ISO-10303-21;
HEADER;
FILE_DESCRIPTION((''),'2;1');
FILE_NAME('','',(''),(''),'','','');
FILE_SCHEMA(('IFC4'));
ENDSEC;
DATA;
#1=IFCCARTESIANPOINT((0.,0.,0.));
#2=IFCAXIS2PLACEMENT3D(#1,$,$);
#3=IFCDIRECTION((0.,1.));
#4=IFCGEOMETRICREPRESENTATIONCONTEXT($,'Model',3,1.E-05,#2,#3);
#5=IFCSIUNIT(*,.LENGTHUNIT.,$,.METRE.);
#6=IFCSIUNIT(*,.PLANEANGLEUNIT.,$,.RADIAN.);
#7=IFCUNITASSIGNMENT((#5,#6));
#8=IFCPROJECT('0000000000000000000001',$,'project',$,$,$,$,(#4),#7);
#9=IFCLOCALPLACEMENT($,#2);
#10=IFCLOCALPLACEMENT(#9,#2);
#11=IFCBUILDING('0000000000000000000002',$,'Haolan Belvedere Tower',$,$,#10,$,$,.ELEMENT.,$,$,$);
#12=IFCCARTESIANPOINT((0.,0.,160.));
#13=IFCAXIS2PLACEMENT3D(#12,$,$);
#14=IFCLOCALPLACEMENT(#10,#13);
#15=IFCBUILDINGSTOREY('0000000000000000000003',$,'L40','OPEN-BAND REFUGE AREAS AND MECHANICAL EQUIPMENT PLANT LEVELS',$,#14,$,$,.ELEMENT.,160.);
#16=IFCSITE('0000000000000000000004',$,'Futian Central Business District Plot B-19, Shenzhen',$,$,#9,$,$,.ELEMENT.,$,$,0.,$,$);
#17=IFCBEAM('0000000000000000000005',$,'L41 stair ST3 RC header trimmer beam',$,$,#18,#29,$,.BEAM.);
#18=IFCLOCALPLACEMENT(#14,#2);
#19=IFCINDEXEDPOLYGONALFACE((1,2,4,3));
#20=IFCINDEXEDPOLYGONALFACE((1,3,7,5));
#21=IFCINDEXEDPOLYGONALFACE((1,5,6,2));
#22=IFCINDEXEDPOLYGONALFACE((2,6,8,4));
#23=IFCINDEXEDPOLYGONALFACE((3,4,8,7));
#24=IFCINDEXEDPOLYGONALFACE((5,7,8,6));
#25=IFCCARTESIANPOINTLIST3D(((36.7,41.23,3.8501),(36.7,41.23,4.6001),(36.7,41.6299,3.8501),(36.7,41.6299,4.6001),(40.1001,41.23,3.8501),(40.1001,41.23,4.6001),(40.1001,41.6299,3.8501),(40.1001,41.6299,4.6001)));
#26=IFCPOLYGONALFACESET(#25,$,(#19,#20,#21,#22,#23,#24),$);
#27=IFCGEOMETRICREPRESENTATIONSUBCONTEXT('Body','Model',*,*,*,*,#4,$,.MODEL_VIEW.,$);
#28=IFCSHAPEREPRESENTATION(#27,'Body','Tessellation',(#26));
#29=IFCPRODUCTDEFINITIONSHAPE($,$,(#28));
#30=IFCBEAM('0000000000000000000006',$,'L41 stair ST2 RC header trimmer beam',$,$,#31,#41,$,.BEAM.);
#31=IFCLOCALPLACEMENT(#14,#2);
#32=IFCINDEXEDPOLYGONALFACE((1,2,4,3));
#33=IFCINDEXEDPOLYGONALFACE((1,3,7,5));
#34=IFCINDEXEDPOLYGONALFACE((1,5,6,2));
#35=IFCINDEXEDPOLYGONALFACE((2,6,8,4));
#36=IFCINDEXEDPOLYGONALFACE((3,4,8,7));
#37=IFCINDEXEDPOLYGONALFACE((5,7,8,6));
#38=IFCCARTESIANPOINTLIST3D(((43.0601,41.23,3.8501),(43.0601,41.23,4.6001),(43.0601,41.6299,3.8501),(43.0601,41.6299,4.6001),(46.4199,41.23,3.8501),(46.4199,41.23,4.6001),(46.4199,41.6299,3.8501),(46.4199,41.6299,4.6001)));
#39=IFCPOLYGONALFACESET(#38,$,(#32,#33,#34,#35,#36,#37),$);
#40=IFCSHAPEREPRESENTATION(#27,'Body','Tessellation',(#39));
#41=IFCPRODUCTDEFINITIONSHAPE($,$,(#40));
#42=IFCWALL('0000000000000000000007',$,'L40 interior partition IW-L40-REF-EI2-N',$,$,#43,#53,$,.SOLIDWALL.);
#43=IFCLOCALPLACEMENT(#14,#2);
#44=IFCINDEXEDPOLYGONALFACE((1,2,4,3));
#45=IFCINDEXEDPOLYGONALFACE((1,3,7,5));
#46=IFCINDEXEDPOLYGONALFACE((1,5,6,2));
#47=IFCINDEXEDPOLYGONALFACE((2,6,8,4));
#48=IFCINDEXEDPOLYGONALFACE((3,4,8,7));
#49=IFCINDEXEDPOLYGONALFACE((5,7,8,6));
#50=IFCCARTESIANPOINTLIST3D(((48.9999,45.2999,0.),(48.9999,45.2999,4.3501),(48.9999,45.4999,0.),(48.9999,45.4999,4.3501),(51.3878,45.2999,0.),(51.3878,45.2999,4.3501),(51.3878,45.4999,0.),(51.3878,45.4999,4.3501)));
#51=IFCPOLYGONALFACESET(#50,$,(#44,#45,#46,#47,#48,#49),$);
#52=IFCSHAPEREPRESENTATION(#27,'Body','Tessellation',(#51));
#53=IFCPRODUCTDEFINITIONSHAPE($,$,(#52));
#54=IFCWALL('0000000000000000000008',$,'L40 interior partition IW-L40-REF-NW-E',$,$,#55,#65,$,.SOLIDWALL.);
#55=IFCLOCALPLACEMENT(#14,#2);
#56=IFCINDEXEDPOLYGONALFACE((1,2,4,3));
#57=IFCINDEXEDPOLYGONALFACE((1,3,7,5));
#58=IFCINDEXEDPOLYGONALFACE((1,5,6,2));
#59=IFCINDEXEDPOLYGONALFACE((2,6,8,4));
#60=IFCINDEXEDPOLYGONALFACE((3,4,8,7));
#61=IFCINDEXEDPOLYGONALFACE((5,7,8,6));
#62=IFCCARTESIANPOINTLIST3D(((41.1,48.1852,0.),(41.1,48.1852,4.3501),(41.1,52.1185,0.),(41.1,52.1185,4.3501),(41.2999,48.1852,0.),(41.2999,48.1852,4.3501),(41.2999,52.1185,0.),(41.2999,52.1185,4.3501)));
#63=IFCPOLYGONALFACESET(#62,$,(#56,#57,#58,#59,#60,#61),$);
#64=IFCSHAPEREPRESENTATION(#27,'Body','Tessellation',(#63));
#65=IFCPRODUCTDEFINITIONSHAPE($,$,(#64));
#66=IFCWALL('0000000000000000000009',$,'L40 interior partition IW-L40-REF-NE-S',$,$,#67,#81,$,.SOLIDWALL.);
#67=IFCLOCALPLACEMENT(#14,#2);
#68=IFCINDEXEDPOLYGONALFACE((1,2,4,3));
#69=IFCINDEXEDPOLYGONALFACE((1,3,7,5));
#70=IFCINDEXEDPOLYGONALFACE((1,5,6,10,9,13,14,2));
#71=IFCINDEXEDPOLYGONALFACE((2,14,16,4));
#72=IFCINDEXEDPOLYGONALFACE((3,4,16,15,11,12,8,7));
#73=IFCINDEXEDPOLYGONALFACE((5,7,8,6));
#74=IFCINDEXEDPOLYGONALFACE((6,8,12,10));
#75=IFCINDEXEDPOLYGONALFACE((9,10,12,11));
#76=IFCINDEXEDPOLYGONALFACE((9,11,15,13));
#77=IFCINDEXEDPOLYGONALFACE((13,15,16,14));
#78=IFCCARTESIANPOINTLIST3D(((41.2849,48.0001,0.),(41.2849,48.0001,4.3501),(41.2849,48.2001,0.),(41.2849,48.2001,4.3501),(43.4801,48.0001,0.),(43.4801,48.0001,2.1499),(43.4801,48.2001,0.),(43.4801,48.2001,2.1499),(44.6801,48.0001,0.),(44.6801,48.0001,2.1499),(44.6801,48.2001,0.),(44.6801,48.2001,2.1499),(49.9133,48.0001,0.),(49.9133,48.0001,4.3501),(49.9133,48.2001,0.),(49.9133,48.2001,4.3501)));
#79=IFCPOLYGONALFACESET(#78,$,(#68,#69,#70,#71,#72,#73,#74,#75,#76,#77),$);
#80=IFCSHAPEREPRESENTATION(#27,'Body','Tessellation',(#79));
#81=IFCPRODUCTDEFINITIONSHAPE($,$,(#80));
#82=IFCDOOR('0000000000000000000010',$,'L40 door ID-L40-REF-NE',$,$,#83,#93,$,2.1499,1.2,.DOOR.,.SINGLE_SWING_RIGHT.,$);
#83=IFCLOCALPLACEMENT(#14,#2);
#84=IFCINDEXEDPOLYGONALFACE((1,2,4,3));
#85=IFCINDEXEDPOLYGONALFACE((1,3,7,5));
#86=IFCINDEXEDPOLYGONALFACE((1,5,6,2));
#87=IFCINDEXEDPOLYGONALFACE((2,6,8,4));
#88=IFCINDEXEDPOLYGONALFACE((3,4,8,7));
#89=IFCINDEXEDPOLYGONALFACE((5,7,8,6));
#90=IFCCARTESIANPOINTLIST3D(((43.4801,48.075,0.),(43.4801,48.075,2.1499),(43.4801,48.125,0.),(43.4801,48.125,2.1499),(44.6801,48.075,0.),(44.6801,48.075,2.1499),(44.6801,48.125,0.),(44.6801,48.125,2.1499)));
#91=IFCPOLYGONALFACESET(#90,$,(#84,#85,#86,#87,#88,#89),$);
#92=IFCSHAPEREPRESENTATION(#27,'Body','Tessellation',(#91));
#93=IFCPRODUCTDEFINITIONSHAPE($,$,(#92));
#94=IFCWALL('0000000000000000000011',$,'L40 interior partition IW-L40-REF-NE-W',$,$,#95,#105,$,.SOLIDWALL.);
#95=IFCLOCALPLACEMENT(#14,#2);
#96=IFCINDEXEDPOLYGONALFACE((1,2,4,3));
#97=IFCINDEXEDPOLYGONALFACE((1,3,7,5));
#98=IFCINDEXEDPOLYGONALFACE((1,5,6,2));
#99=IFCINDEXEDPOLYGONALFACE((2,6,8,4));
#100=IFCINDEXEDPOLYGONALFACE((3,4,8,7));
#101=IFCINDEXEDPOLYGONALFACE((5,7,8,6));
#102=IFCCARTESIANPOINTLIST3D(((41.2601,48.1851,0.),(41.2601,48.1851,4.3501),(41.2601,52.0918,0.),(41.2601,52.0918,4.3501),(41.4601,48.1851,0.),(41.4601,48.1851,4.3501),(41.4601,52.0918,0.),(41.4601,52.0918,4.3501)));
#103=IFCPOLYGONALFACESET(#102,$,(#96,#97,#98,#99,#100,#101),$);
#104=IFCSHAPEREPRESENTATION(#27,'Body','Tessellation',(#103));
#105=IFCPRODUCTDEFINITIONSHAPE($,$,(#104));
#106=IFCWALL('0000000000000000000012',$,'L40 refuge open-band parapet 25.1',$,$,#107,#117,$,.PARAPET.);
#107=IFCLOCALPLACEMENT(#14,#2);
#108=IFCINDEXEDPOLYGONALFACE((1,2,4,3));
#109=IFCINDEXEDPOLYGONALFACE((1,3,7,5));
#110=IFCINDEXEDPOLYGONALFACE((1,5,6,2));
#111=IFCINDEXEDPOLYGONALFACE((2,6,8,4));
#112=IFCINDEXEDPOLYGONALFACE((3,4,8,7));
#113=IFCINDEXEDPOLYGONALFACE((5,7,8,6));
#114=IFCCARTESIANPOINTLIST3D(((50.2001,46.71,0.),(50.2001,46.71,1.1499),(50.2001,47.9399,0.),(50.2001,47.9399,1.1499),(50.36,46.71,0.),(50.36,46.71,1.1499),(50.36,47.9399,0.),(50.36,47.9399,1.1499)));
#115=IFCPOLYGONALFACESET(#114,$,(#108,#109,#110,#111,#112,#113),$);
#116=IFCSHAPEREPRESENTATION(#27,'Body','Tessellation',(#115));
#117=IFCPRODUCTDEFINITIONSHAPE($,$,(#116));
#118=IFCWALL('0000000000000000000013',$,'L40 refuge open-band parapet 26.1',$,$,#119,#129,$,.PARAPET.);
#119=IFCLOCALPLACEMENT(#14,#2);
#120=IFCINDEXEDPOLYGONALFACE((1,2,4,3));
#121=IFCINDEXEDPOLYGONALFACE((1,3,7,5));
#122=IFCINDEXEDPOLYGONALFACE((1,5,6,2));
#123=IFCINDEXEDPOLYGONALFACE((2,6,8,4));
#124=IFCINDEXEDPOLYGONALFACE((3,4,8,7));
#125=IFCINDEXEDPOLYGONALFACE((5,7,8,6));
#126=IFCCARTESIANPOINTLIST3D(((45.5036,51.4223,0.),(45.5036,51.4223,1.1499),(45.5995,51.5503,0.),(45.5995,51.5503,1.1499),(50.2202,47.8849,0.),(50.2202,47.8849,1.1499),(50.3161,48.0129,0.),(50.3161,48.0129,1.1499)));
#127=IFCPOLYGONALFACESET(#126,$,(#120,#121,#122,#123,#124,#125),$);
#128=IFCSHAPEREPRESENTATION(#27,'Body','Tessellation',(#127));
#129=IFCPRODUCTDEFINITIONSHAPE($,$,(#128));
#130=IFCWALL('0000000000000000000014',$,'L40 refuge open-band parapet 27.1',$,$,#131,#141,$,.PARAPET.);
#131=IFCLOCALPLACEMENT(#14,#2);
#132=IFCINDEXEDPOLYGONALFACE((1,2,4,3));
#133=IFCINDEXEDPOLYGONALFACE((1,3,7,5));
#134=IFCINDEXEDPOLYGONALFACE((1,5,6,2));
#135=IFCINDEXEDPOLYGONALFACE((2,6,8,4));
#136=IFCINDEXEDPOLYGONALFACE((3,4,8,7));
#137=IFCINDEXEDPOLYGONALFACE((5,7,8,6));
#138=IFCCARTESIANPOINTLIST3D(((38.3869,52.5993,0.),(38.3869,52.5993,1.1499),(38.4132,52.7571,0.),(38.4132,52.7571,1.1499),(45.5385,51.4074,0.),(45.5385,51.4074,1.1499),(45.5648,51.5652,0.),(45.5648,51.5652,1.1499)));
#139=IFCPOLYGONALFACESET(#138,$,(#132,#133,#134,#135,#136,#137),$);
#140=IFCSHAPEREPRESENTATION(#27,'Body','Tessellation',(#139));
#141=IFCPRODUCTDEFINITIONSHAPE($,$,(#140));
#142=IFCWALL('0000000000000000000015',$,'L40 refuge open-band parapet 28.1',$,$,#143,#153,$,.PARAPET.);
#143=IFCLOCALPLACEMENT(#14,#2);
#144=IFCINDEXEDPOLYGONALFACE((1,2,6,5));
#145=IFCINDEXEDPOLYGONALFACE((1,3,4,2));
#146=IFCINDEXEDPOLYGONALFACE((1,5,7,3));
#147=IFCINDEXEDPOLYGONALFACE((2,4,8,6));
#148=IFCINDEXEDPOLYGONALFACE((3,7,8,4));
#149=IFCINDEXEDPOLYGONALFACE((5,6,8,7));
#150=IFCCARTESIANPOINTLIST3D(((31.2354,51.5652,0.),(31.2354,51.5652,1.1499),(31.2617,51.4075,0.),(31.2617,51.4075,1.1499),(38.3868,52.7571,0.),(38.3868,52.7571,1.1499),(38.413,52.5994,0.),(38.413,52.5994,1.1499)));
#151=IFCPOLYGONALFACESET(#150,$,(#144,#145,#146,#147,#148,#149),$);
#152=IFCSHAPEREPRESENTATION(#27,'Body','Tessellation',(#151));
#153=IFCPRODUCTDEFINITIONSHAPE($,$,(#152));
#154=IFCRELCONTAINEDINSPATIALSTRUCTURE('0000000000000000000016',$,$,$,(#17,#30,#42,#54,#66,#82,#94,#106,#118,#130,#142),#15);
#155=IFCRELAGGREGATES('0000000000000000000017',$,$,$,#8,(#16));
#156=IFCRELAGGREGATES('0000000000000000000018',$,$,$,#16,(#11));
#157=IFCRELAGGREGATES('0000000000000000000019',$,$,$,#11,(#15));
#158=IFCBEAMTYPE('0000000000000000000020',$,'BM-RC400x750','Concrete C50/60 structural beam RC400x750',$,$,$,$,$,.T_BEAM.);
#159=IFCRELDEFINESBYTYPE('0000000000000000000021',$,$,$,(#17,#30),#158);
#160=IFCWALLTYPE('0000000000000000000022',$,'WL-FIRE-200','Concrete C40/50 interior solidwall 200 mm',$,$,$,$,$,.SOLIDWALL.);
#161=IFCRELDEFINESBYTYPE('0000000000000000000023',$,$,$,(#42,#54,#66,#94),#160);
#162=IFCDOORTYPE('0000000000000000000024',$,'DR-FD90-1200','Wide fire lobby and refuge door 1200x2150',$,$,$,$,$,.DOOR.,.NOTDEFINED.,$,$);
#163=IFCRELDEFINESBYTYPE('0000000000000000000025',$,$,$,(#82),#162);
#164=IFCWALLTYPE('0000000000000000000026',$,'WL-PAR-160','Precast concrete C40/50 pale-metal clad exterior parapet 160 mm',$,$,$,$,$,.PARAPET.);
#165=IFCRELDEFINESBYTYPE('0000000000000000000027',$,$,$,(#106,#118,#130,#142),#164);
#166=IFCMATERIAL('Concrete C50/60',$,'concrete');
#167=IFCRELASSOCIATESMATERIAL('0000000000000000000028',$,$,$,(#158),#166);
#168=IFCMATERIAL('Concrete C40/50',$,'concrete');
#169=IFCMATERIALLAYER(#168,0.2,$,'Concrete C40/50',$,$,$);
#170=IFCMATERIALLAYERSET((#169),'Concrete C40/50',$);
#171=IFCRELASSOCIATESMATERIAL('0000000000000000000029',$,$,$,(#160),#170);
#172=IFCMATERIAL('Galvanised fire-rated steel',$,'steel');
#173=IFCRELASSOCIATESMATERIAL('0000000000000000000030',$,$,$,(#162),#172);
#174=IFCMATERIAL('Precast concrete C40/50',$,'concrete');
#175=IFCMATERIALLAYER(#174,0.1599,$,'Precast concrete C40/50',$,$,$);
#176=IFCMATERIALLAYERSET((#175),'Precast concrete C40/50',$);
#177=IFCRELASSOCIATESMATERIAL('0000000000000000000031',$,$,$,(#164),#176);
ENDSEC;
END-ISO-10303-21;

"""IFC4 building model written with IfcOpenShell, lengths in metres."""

from ifc_helpers import new_model, si_unit, direction, frame, frame_2d, origin, origin_2d, place, context, subcontext, project, spatial, rectangle, extrude, material, layer, layer_set, material_profile, profile_set, type_object, element, fill, save


model = new_model("IFC4")

# Units and contexts
model_context = context("Model", 3, precision=1e-05, world=origin(), true_north=direction((0.0, 1.0)))
body_context = subcontext(model_context, "Body", "Model", "MODEL_VIEW")
ifc_project = project(units=[si_unit("LENGTHUNIT", "METRE"), si_unit("PLANEANGLEUNIT", "RADIAN")], contexts=[model_context])

# Site, building, storey
site_placement = place(None, origin())
site = spatial("IfcSite", under=ifc_project, at=site_placement, Name="Futian Central Business District Plot B-19, Shenzhen", CompositionType="ELEMENT", RefElevation=0.0)
building_placement = place(site_placement, origin())
building = spatial("IfcBuilding", under=site, at=building_placement, Name="Haolan Belvedere Tower", CompositionType="ELEMENT")
storey_placement = place(building_placement, frame((0.0, 0.0, 160.0)))
storey = spatial("IfcBuildingStorey", under=building, at=storey_placement, Name="L40", Description="OPEN-BAND REFUGE AREAS AND MECHANICAL EQUIPMENT PLANT LEVELS", CompositionType="ELEMENT", Elevation=160.0)

# Beams
ifc_material_1 = material(Name="Concrete C50/60", Category="concrete")
ifc_material_profile_1 = material_profile(ifc_material_1, rectangle(XDim=0.3999, YDim=0.75, at=origin_2d()), Name="Concrete C50/60")
ifc_profile_set_1 = profile_set([ifc_material_profile_1], Name="Concrete C50/60")
beam_type_1 = type_object("IfcBeamType", Name="BM-RC400x750", Description="Concrete C50/60 structural beam RC400x750", PredefinedType="T_BEAM", material=ifc_profile_set_1)
beam_1_placement = place(storey_placement, frame((36.7, 41.4299, 4.2251), z_axis=(1.0, 0.0, 0.0), x_axis=(0.0, 1.0, 0.0)))
element("IfcBeam", 1, at=beam_1_placement, inside=storey, type_object=beam_type_1, Name="L41 stair ST3 RC header trimmer beam", PredefinedType="BEAM", context=body_context, shape_type="SweptSolid", body=[
    extrude(rectangle(XDim=0.3999, YDim=0.75, at=origin_2d()), origin(), (0.0, 0.0, 1.0), 3.4001),
])
beam_2_placement = place(storey_placement, frame((43.0601, 41.4299, 4.2251), z_axis=(1.0, 0.0, 0.0), x_axis=(0.0, 1.0, 0.0)))
element("IfcBeam", 2, at=beam_2_placement, inside=storey, type_object=beam_type_1, Name="L41 stair ST2 RC header trimmer beam", PredefinedType="BEAM", context=body_context, shape_type="SweptSolid", body=[
    extrude(rectangle(XDim=0.3999, YDim=0.75, at=origin_2d()), origin(), (0.0, 0.0, 1.0), 3.3599),
])

# Shared definitions
ifc_material_2 = material(Name="Concrete C40/50", Category="concrete")
ifc_layer_1 = layer(ifc_material_2, 0.2, Name="Concrete C40/50")
ifc_layer_set_1 = layer_set([ifc_layer_1], Name="Concrete C40/50")
wall_type_1 = type_object("IfcWallType", Name="WL-FIRE-200", Description="Concrete C40/50 interior solidwall 200 mm", PredefinedType="SOLIDWALL", material=ifc_layer_set_1)
ifc_material_3 = material(Name="Galvanised fire-rated steel", Category="steel")

# Walls
wall_1_placement = place(storey_placement, frame((49.0, 45.3999, 0.0), z_axis=(0.0, 0.0, 1.0), x_axis=(1.0, 0.0, 0.0)))
element("IfcWall", 3, at=wall_1_placement, inside=storey, type_object=wall_type_1, Name="L40 interior partition IW-L40-REF-EI2-N", PredefinedType="SOLIDWALL", context=body_context, shape_type="SweptSolid", body=[
    extrude(rectangle(XDim=2.3879, YDim=0.2, at=frame_2d((1.1938, 0.0))), origin(), (0.0, 0.0, 1.0), 4.3501),
])
wall_2_placement = place(storey_placement, frame((41.2, 48.1851, 0.0), z_axis=(0.0, 0.0, 1.0), x_axis=(0.0, 1.0, 0.0)))
element("IfcWall", 4, at=wall_2_placement, inside=storey, type_object=wall_type_1, Name="L40 interior partition IW-L40-REF-NW-E", PredefinedType="SOLIDWALL", context=body_context, shape_type="SweptSolid", body=[
    extrude(rectangle(XDim=3.9333, YDim=0.2, at=frame_2d((1.9668, 0.0))), origin(), (0.0, 0.0, 1.0), 4.3501),
])

# Wall, opening, door
wall_3_placement = place(storey_placement, frame((41.2849, 48.1001, 0.0), z_axis=(0.0, 0.0, 1.0), x_axis=(1.0, 0.0, 0.0)))
wall_3 = element("IfcWall", 5, at=wall_3_placement, inside=storey, type_object=wall_type_1, Name="L40 interior partition IW-L40-REF-NE-S", PredefinedType="SOLIDWALL", context=body_context, shape_type="SweptSolid", body=[
    extrude(rectangle(XDim=8.6284, YDim=0.2, at=frame_2d((4.3142, 0.0))), origin(), (0.0, 0.0, 1.0), 4.3501),
])
opening_1_placement = place(wall_3_placement, frame((2.1951, 0.0, 0.0)))
opening_1 = element("IfcOpeningElement", 6, at=opening_1_placement, cuts=wall_3, PredefinedType="OPENING", context=body_context, shape_type="SweptSolid", body=[
    extrude(rectangle(XDim=1.2, YDim=2.1499, at=frame_2d((0.6001, 1.075))), frame((0.0, 0.1099, 0.0), z_axis=(0.0, -1.0, 0.0), x_axis=(1.0, 0.0, 0.0)), (0.0, 0.0, 1.0), 0.22),
])
door_type_1 = type_object("IfcDoorType", Name="DR-FD90-1200", Description="Wide fire lobby and refuge door 1200x2150", OperationType="NOTDEFINED", PredefinedType="DOOR", material=ifc_material_3)
door_1_placement = place(opening_1_placement, origin())
door_1 = element("IfcDoor", 7, at=door_1_placement, inside=storey, type_object=door_type_1, Name="L40 door ID-L40-REF-NE", OperationType="SINGLE_SWING_RIGHT", OverallHeight=2.1499, OverallWidth=1.2, PredefinedType="DOOR", context=body_context, shape_type="SweptSolid", body=[
    extrude(rectangle(XDim=1.2, YDim=2.1499, at=frame_2d((0.6001, 1.075))), frame((0.0, 0.0249, 0.0), z_axis=(0.0, -1.0, 0.0), x_axis=(1.0, 0.0, 0.0)), (0.0, 0.0, 1.0), 0.05),
])
fill(opening_1, door_1)

# Walls
wall_4_placement = place(storey_placement, frame((41.3601, 48.1851, 0.0), z_axis=(0.0, 0.0, 1.0), x_axis=(0.0, 1.0, 0.0)))
element("IfcWall", 8, at=wall_4_placement, inside=storey, type_object=wall_type_1, Name="L40 interior partition IW-L40-REF-NE-W", PredefinedType="SOLIDWALL", context=body_context, shape_type="SweptSolid", body=[
    extrude(rectangle(XDim=3.9067, YDim=0.2, at=frame_2d((1.9534, 0.0))), origin(), (0.0, 0.0, 1.0), 4.3501),
])
ifc_material_4 = material(Name="Precast concrete C40/50", Category="concrete")
ifc_layer_2 = layer(ifc_material_4, 0.1599, Name="Precast concrete C40/50")
ifc_layer_set_2 = layer_set([ifc_layer_2], Name="Precast concrete C40/50")
wall_type_2 = type_object("IfcWallType", Name="WL-PAR-160", Description="Precast concrete C40/50 pale-metal clad exterior parapet 160 mm", PredefinedType="PARAPET", material=ifc_layer_set_2)
wall_5_placement = place(storey_placement, frame((50.28, 46.71, 0.0), z_axis=(0.0, 0.0, 1.0), x_axis=(0.0, 1.0, 0.0)))
element("IfcWall", 9, at=wall_5_placement, inside=storey, type_object=wall_type_2, Name="L40 refuge open-band parapet 25.1", PredefinedType="PARAPET", context=body_context, shape_type="SweptSolid", body=[
    extrude(rectangle(XDim=1.23, YDim=0.1599, at=frame_2d((0.615, 0.0))), origin(), (0.0, 0.0, 1.0), 1.1499),
])
wall_6_placement = place(storey_placement, frame((50.2681, 47.949, 0.0), z_axis=(0.0, 0.0, 1.0), x_axis=(-0.800005, 0.599993, 0.0)))
element("IfcWall", 10, at=wall_6_placement, inside=storey, type_object=wall_type_2, Name="L40 refuge open-band parapet 26.1", PredefinedType="PARAPET", context=body_context, shape_type="SweptSolid", body=[
    extrude(rectangle(XDim=5.8958, YDim=0.1599, at=frame_2d((2.9478, 0.0))), origin(), (0.0, 0.0, 1.0), 1.1499),
])
wall_7_placement = place(storey_placement, frame((45.5515, 51.4863, 0.0), z_axis=(0.0, 0.0, 1.0), x_axis=(-0.986395, 0.164394, 0.0)))
element("IfcWall", 11, at=wall_7_placement, inside=storey, type_object=wall_type_2, Name="L40 refuge open-band parapet 27.1", PredefinedType="PARAPET", context=body_context, shape_type="SweptSolid", body=[
    extrude(rectangle(XDim=7.2502, YDim=0.1599, at=frame_2d((3.625, 0.0))), origin(), (0.0, 0.0, 1.0), 1.1499),
])
wall_8_placement = place(storey_placement, frame((38.3999, 52.6782, 0.0), z_axis=(0.0, 0.0, 1.0), x_axis=(-0.986394, -0.164399, 0.0)))
element("IfcWall", 12, at=wall_8_placement, inside=storey, type_object=wall_type_2, Name="L40 refuge open-band parapet 28.1", PredefinedType="PARAPET", context=body_context, shape_type="SweptSolid", body=[
    extrude(rectangle(XDim=7.25, YDim=0.1599, at=frame_2d((3.625, 0.0))), origin(), (0.0, 0.0, 1.0), 1.1499),
])

save(model, "model.ifc")
